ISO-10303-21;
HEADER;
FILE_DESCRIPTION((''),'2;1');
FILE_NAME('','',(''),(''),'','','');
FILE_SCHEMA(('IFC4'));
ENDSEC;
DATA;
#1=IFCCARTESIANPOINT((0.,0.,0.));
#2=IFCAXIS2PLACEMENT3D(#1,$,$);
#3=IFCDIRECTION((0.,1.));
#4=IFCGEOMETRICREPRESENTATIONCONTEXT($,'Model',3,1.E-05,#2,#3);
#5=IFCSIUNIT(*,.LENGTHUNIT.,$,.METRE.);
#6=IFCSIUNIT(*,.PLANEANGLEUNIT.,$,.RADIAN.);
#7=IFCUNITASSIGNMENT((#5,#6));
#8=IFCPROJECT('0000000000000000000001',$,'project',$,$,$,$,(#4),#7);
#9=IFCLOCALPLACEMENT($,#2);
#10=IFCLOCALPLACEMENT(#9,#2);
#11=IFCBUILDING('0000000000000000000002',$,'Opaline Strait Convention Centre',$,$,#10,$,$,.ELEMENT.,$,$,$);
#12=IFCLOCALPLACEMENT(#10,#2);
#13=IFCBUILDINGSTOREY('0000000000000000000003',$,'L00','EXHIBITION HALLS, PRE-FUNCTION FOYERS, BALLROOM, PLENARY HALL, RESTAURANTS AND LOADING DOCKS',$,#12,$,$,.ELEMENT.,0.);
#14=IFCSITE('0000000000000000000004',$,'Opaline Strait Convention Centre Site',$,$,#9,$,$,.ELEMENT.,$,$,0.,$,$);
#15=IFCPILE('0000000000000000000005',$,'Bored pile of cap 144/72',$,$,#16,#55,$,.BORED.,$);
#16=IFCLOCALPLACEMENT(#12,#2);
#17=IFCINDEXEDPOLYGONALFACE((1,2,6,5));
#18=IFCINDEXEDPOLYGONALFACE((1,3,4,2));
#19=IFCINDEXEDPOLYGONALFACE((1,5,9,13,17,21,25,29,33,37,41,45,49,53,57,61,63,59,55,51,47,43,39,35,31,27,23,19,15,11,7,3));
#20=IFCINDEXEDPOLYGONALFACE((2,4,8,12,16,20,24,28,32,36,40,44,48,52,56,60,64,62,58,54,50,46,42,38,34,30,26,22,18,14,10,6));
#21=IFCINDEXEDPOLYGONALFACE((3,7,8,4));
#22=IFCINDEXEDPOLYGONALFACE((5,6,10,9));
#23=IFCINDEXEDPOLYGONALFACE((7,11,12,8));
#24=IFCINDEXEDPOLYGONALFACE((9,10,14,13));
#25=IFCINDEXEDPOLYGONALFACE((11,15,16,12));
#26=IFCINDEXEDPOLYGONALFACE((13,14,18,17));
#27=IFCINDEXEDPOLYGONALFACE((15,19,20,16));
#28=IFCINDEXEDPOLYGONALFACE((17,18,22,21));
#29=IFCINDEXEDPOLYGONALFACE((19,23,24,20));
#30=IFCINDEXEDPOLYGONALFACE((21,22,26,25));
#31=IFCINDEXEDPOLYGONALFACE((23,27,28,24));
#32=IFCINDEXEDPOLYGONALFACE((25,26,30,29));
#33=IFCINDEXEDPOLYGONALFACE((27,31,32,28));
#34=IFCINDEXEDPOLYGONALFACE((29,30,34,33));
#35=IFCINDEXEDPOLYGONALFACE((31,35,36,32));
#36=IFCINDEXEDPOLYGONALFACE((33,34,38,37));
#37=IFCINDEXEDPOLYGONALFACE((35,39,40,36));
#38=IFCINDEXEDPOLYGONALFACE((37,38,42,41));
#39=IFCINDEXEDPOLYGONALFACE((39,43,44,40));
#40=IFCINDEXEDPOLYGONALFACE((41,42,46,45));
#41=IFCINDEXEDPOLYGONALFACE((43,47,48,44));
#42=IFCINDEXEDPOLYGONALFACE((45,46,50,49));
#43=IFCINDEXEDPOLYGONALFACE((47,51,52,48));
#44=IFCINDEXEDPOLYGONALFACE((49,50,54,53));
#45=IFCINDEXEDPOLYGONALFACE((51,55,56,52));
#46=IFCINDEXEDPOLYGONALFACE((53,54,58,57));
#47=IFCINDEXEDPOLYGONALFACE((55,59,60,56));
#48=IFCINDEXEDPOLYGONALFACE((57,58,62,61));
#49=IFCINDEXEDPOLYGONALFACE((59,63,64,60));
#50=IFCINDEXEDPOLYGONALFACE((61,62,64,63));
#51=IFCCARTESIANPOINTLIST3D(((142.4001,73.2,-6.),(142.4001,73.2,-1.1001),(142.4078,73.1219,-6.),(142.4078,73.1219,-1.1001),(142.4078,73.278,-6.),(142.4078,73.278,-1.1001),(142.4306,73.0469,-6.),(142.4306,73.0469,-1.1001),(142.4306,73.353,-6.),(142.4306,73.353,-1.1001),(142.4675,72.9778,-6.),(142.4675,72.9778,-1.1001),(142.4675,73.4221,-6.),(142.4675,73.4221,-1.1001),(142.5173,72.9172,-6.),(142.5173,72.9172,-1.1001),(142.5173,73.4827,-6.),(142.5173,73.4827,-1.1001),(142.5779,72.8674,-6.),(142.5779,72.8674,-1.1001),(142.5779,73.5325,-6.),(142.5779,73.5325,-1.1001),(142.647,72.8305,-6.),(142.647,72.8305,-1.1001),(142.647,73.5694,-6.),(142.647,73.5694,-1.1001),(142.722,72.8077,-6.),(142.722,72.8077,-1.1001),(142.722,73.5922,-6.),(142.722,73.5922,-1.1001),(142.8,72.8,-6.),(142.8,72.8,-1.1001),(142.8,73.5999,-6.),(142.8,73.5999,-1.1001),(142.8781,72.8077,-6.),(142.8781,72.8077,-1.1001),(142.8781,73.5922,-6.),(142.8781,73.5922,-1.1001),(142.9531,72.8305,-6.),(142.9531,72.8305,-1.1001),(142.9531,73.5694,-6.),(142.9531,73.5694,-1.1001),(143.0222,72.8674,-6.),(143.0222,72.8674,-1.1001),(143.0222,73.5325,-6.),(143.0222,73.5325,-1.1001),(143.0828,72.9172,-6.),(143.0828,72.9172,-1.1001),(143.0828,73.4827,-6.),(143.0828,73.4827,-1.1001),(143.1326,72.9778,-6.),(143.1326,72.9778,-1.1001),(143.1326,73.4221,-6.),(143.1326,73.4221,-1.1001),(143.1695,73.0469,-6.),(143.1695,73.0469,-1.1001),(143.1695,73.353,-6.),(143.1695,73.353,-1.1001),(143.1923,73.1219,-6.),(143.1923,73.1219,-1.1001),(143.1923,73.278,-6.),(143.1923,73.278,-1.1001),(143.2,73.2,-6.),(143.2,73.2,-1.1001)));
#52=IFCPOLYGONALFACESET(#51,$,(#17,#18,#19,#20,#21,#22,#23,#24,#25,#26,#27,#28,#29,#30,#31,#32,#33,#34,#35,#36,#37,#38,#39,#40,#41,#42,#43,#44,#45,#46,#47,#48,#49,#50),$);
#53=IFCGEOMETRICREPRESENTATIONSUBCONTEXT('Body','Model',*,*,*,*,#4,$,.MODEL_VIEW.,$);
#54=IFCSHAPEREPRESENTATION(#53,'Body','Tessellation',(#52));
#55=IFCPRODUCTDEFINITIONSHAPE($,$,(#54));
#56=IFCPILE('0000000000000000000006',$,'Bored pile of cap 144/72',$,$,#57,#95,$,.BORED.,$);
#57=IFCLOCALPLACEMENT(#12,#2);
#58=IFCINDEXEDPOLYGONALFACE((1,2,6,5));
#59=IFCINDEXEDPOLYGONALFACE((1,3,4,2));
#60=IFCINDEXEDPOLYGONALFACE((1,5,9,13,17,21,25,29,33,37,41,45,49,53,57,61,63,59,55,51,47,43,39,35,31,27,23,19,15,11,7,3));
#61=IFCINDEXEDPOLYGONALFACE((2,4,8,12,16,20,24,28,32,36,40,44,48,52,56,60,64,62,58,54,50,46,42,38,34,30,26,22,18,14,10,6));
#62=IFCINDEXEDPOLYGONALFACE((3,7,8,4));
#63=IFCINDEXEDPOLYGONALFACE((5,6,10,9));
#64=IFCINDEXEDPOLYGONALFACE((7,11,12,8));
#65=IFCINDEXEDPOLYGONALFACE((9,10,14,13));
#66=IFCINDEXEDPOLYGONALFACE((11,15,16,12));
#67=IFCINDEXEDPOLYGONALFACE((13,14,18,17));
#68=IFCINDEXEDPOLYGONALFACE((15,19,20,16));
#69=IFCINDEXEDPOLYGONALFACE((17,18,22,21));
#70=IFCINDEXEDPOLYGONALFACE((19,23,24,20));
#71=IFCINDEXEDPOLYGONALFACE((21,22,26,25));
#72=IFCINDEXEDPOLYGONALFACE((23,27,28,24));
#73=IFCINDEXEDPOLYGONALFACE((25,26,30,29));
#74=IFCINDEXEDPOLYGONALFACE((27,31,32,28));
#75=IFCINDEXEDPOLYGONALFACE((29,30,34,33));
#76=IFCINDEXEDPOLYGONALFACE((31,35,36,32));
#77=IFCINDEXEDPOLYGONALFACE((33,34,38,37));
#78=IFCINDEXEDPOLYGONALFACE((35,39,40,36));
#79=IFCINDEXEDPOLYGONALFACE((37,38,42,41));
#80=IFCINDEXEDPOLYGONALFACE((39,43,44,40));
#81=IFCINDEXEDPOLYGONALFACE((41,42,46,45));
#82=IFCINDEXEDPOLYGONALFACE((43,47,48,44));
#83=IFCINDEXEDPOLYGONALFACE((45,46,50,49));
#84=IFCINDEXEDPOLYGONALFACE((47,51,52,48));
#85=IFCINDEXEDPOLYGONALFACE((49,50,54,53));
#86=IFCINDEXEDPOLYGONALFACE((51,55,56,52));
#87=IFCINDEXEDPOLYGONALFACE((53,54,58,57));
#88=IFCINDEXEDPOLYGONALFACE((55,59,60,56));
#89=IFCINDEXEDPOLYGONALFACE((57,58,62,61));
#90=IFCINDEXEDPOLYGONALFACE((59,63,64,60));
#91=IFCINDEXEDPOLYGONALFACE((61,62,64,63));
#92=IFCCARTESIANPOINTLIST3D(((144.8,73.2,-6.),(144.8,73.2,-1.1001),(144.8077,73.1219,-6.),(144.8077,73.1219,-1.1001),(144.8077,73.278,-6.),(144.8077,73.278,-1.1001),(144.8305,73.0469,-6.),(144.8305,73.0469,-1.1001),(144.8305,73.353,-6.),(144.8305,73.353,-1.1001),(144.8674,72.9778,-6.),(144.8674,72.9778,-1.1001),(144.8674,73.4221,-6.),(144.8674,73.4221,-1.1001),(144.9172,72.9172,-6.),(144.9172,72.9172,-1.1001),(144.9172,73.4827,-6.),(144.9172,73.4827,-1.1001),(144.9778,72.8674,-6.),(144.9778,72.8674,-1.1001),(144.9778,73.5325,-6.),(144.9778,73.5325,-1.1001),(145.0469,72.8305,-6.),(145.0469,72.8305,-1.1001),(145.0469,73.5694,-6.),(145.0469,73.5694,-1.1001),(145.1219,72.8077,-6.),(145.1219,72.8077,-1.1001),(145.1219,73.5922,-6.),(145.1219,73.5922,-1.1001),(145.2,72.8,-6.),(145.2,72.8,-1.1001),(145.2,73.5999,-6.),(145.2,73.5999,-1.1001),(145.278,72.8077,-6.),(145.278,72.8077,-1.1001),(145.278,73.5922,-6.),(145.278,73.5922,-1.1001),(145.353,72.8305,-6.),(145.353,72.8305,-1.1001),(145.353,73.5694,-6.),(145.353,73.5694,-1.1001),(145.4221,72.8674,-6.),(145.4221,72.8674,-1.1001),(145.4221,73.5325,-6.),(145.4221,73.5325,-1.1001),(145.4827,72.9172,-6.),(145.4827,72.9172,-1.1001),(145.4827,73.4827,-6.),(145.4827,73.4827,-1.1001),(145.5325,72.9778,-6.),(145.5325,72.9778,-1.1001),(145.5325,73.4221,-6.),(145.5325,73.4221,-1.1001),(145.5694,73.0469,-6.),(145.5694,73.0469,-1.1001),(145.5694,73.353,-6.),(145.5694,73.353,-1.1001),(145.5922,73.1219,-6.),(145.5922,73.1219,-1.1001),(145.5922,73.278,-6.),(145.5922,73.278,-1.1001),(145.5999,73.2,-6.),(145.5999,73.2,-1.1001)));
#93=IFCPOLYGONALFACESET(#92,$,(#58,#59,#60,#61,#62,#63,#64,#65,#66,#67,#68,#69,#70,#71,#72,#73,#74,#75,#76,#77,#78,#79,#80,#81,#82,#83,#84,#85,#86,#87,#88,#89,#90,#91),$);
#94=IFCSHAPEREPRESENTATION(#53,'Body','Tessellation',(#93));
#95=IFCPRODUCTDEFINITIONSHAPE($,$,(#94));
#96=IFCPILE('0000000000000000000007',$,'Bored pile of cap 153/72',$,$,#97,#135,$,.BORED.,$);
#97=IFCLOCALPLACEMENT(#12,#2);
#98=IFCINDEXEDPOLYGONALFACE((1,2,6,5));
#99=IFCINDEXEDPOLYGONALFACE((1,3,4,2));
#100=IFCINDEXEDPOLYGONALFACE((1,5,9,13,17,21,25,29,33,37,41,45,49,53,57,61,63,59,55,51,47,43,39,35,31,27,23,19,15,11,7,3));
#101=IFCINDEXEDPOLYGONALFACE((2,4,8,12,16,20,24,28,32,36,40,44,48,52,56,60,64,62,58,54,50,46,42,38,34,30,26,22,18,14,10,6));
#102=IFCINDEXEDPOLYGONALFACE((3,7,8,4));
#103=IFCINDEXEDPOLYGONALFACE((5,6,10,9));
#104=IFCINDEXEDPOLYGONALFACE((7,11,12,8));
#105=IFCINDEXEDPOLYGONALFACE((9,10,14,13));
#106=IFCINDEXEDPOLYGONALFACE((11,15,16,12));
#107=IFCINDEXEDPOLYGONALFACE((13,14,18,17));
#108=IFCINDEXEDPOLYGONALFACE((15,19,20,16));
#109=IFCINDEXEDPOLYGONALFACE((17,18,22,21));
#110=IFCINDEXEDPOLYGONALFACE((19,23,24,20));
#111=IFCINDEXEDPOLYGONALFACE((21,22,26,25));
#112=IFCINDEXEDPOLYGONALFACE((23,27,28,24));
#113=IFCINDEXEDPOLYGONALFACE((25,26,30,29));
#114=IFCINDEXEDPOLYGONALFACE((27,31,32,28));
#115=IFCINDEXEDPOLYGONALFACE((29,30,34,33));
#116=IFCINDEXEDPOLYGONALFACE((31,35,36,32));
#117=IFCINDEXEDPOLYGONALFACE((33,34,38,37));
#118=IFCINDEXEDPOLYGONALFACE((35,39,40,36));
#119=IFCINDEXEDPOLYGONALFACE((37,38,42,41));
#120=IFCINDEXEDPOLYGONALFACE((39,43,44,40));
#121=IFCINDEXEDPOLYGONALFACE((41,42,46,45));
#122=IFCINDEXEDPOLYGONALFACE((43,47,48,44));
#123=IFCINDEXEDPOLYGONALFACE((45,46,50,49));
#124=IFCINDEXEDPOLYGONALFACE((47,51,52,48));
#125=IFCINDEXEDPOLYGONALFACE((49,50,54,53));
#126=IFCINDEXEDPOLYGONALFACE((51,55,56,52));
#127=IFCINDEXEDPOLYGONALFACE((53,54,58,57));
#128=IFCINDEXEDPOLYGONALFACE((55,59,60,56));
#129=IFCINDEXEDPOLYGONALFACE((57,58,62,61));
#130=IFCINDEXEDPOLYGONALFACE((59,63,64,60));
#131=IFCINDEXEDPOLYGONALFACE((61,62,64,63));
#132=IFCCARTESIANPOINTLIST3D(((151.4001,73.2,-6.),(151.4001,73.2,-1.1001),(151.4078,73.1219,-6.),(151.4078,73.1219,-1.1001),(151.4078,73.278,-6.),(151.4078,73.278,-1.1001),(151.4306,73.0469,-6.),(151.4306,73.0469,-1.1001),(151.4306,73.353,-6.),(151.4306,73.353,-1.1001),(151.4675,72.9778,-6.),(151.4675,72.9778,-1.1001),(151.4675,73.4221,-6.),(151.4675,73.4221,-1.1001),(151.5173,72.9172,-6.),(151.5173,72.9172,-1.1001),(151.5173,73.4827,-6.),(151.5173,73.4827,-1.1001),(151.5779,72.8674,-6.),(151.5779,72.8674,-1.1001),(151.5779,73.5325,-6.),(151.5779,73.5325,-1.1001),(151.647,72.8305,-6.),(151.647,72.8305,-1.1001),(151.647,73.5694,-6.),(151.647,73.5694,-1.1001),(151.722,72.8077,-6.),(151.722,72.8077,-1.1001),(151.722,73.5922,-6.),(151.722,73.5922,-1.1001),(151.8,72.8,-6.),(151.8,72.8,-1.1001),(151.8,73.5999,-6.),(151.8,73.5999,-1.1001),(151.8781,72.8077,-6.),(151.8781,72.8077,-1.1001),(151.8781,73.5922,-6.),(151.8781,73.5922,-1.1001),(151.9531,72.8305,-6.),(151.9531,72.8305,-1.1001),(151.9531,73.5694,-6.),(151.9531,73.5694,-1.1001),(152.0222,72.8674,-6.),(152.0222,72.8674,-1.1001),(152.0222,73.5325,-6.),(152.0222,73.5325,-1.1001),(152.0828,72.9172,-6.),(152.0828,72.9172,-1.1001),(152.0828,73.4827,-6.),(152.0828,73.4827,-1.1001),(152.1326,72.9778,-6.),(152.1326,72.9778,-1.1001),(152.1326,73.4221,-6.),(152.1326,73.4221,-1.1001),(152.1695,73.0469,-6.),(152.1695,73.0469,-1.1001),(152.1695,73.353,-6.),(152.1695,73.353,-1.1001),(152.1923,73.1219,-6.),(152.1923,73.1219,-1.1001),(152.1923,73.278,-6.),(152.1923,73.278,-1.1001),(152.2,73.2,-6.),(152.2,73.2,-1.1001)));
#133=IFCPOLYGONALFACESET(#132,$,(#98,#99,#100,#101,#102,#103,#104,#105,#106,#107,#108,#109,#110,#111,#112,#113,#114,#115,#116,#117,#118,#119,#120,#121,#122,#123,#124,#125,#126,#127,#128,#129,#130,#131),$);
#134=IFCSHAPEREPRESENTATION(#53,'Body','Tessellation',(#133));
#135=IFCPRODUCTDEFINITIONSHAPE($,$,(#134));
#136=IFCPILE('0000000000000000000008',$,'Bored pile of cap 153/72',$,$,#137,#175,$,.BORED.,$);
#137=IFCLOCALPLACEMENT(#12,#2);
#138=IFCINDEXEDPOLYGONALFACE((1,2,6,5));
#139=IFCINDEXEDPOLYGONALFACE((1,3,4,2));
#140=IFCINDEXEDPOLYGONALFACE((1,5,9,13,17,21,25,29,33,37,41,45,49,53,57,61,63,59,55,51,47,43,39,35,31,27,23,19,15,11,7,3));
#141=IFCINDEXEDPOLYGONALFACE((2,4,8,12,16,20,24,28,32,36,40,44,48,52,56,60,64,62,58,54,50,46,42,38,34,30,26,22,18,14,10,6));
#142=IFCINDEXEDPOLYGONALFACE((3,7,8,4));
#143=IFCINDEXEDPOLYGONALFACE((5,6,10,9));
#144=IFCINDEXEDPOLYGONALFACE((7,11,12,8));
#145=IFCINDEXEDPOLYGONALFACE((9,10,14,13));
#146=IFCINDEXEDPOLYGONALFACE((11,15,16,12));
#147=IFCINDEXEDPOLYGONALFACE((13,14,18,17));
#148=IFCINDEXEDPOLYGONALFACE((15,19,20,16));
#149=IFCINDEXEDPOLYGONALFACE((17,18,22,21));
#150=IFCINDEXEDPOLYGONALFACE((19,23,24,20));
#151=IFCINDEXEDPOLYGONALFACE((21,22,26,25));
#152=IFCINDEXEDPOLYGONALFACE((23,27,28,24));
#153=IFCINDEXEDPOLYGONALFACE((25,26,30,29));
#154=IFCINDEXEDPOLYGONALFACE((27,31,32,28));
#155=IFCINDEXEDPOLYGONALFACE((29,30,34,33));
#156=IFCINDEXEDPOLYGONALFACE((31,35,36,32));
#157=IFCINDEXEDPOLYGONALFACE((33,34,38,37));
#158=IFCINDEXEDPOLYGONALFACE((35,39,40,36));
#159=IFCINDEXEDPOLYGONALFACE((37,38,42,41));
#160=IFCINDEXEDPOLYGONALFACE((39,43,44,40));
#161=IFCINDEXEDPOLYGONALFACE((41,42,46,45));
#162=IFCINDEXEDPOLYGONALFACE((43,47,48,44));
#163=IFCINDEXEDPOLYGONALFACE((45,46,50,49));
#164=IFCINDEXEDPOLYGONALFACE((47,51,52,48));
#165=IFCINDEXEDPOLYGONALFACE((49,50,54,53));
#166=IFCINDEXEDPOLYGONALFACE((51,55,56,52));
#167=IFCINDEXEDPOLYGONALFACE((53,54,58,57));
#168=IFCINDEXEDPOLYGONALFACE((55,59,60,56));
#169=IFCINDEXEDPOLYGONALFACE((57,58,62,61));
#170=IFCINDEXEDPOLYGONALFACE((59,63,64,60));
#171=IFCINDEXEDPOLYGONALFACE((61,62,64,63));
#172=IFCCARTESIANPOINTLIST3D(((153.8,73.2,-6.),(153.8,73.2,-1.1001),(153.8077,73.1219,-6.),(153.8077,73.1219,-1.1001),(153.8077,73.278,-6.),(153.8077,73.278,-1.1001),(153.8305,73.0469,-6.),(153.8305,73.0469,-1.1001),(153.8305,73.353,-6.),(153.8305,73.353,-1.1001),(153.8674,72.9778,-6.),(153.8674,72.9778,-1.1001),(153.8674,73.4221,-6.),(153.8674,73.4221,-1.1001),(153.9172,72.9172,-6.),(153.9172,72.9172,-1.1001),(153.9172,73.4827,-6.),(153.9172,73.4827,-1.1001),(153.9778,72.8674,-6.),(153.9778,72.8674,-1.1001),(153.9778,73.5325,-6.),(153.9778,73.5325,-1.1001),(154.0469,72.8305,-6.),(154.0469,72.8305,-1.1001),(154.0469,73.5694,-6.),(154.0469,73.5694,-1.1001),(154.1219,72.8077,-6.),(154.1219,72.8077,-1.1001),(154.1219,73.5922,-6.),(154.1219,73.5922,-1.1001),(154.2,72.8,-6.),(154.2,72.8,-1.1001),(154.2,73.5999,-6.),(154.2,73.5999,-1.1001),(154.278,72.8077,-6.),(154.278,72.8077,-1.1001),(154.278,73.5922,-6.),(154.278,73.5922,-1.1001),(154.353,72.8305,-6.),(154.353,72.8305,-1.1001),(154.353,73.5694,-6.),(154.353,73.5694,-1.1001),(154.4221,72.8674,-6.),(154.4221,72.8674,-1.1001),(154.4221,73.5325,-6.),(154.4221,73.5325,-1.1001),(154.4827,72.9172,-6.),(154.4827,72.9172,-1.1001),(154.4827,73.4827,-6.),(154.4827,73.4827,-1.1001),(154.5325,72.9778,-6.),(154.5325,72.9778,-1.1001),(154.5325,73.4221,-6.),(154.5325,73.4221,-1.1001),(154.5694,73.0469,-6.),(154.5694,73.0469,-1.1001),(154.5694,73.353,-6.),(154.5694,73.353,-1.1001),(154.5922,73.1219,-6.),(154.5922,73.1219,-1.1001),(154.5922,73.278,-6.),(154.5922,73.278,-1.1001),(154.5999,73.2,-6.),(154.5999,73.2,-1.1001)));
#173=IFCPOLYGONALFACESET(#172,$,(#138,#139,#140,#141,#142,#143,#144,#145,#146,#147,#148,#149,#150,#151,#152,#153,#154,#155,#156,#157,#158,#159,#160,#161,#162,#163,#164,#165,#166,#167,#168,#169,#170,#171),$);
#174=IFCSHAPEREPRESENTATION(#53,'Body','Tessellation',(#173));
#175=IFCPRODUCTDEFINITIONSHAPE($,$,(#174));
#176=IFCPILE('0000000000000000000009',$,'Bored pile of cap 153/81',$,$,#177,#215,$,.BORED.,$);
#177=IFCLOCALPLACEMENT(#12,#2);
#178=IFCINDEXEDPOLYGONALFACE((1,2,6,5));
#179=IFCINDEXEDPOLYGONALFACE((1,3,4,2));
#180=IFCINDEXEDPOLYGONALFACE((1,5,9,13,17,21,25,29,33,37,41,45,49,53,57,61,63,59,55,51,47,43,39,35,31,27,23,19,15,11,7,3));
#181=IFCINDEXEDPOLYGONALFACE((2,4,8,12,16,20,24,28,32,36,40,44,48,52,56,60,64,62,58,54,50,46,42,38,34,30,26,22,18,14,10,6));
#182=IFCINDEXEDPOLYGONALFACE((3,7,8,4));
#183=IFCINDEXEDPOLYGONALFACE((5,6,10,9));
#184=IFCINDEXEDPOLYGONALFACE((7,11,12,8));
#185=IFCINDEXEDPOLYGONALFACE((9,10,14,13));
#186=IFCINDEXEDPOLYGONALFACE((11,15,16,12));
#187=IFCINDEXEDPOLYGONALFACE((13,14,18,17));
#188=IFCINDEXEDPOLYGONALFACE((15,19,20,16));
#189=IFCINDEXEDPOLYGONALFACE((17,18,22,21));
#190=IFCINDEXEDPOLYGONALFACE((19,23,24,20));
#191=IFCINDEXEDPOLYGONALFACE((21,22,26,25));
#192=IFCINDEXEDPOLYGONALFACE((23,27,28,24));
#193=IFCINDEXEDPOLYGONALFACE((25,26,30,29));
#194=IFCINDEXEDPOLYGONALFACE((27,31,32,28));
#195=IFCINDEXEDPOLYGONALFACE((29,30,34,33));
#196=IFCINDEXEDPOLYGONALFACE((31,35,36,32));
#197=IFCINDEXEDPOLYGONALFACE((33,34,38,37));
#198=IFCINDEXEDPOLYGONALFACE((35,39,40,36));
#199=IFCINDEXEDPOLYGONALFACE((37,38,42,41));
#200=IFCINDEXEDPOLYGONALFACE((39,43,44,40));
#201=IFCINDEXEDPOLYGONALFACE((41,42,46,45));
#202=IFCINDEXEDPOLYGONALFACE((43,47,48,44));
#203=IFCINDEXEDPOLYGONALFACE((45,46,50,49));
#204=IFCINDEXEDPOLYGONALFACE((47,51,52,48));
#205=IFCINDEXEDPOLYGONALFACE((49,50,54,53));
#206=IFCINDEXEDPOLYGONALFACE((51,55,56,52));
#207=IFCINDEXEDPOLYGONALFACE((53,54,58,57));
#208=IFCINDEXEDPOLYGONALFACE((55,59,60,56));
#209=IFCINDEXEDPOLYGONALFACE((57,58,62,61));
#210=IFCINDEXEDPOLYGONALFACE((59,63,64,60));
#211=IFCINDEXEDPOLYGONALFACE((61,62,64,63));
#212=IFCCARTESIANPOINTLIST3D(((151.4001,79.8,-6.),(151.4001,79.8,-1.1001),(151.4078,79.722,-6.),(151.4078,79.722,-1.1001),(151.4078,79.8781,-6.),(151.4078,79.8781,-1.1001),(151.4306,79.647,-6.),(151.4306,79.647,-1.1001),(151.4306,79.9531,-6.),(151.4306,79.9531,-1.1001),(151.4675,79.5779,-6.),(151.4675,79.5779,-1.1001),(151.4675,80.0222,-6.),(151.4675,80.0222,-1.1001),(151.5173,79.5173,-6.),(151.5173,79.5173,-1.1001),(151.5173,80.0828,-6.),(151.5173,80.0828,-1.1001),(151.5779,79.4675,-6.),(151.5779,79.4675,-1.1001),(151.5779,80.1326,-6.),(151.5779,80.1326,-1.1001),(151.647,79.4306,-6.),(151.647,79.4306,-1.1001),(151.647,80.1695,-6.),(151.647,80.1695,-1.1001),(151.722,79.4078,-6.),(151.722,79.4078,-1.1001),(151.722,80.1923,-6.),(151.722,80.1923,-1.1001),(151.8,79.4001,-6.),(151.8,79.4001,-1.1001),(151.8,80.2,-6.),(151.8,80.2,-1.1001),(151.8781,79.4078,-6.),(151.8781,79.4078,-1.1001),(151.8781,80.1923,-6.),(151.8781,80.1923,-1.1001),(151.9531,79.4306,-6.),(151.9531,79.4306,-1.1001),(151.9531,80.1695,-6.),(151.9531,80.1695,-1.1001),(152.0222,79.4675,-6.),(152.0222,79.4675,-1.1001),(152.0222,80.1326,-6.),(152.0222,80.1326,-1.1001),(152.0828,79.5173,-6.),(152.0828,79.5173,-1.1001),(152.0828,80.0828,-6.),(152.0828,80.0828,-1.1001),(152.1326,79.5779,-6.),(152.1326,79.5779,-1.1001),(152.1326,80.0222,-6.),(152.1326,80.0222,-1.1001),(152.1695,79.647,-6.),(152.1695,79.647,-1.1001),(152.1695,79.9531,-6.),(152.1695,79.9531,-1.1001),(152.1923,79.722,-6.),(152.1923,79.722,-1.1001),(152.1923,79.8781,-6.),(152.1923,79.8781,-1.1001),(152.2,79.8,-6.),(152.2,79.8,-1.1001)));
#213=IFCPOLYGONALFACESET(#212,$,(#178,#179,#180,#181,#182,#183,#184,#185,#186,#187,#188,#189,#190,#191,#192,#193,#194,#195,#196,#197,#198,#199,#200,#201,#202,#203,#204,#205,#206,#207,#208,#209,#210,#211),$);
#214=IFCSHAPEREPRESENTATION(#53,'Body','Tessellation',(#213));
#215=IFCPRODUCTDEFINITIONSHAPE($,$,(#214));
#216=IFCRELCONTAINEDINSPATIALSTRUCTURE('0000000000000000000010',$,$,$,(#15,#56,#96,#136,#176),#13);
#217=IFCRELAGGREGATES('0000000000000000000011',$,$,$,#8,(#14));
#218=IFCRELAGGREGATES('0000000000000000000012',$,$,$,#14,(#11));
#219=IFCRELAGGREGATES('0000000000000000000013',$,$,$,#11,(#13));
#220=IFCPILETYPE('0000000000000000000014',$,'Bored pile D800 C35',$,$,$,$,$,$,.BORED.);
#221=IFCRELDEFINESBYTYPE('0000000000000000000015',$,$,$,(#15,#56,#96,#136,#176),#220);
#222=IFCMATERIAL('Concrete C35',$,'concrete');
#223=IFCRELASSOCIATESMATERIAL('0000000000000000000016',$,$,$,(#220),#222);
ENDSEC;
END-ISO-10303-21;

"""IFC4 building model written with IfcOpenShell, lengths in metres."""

from ifc_helpers import new_model, si_unit, direction, frame, origin, origin_2d, place, context, subcontext, project, spatial, circle, extrude, material, material_profile, profile_set, type_object, element, save


model = new_model("IFC4")

# Units and contexts
model_context = context("Model", 3, precision=1e-05, world=origin(), true_north=direction((0.0, 1.0)))
body_context = subcontext(model_context, "Body", "Model", "MODEL_VIEW")
ifc_project = project(units=[si_unit("LENGTHUNIT", "METRE"), si_unit("PLANEANGLEUNIT", "RADIAN")], contexts=[model_context])

# Site, building, storey
site_placement = place(None, origin())
site = spatial("IfcSite", under=ifc_project, at=site_placement, Name="Opaline Strait Convention Centre Site", CompositionType="ELEMENT", RefElevation=0.0)
building_placement = place(site_placement, origin())
building = spatial("IfcBuilding", under=site, at=building_placement, Name="Opaline Strait Convention Centre", CompositionType="ELEMENT")
storey_placement = place(building_placement, origin())
storey = spatial("IfcBuildingStorey", under=building, at=storey_placement, Name="L00", Description="EXHIBITION HALLS, PRE-FUNCTION FOYERS, BALLROOM, PLENARY HALL, RESTAURANTS AND LOADING DOCKS", CompositionType="ELEMENT", Elevation=0.0)

# Piles
ifc_material_1 = material(Name="Concrete C35", Category="concrete")
ifc_material_profile_1 = material_profile(ifc_material_1, circle(Radius=0.3999, at=origin_2d()), Name="D800")
ifc_profile_set_1 = profile_set([ifc_material_profile_1], Name="Concrete C35")
pile_type = type_object("IfcPileType", Name="Bored pile D800 C35", PredefinedType="BORED", material=ifc_profile_set_1)
for number, where, z_axis, x_axis, name in (
    (1, (142.8, 73.2, -1.1001), (0.0, 0.0, -1.0), (1.0, 0.0, 0.0), "Bored pile of cap 144/72"),
    (2, (145.2, 73.2, -1.1001), (0.0, 0.0, -1.0), (1.0, 0.0, 0.0), "Bored pile of cap 144/72"),
    (3, (151.8, 73.2, -1.1001), (0.0, 0.0, -1.0), (1.0, 0.0, 0.0), "Bored pile of cap 153/72"),
    (4, (154.2, 73.2, -1.1001), (0.0, 0.0, -1.0), (1.0, 0.0, 0.0), "Bored pile of cap 153/72"),
    (5, (151.8, 79.8, -1.1001), (0.0, 0.0, -1.0), (1.0, 0.0, 0.0), "Bored pile of cap 153/81"),
):
    element("IfcPile", number, at=place(storey_placement, frame(where, z_axis=z_axis, x_axis=x_axis)), inside=storey, type_object=pile_type, Name=name, PredefinedType="BORED", context=body_context, shape_type="SweptSolid", body=[
        extrude(circle(Radius=0.3999, at=origin_2d()), origin(), (0.0, 0.0, 1.0), 4.8999),
    ])

save(model, "model.ifc")
